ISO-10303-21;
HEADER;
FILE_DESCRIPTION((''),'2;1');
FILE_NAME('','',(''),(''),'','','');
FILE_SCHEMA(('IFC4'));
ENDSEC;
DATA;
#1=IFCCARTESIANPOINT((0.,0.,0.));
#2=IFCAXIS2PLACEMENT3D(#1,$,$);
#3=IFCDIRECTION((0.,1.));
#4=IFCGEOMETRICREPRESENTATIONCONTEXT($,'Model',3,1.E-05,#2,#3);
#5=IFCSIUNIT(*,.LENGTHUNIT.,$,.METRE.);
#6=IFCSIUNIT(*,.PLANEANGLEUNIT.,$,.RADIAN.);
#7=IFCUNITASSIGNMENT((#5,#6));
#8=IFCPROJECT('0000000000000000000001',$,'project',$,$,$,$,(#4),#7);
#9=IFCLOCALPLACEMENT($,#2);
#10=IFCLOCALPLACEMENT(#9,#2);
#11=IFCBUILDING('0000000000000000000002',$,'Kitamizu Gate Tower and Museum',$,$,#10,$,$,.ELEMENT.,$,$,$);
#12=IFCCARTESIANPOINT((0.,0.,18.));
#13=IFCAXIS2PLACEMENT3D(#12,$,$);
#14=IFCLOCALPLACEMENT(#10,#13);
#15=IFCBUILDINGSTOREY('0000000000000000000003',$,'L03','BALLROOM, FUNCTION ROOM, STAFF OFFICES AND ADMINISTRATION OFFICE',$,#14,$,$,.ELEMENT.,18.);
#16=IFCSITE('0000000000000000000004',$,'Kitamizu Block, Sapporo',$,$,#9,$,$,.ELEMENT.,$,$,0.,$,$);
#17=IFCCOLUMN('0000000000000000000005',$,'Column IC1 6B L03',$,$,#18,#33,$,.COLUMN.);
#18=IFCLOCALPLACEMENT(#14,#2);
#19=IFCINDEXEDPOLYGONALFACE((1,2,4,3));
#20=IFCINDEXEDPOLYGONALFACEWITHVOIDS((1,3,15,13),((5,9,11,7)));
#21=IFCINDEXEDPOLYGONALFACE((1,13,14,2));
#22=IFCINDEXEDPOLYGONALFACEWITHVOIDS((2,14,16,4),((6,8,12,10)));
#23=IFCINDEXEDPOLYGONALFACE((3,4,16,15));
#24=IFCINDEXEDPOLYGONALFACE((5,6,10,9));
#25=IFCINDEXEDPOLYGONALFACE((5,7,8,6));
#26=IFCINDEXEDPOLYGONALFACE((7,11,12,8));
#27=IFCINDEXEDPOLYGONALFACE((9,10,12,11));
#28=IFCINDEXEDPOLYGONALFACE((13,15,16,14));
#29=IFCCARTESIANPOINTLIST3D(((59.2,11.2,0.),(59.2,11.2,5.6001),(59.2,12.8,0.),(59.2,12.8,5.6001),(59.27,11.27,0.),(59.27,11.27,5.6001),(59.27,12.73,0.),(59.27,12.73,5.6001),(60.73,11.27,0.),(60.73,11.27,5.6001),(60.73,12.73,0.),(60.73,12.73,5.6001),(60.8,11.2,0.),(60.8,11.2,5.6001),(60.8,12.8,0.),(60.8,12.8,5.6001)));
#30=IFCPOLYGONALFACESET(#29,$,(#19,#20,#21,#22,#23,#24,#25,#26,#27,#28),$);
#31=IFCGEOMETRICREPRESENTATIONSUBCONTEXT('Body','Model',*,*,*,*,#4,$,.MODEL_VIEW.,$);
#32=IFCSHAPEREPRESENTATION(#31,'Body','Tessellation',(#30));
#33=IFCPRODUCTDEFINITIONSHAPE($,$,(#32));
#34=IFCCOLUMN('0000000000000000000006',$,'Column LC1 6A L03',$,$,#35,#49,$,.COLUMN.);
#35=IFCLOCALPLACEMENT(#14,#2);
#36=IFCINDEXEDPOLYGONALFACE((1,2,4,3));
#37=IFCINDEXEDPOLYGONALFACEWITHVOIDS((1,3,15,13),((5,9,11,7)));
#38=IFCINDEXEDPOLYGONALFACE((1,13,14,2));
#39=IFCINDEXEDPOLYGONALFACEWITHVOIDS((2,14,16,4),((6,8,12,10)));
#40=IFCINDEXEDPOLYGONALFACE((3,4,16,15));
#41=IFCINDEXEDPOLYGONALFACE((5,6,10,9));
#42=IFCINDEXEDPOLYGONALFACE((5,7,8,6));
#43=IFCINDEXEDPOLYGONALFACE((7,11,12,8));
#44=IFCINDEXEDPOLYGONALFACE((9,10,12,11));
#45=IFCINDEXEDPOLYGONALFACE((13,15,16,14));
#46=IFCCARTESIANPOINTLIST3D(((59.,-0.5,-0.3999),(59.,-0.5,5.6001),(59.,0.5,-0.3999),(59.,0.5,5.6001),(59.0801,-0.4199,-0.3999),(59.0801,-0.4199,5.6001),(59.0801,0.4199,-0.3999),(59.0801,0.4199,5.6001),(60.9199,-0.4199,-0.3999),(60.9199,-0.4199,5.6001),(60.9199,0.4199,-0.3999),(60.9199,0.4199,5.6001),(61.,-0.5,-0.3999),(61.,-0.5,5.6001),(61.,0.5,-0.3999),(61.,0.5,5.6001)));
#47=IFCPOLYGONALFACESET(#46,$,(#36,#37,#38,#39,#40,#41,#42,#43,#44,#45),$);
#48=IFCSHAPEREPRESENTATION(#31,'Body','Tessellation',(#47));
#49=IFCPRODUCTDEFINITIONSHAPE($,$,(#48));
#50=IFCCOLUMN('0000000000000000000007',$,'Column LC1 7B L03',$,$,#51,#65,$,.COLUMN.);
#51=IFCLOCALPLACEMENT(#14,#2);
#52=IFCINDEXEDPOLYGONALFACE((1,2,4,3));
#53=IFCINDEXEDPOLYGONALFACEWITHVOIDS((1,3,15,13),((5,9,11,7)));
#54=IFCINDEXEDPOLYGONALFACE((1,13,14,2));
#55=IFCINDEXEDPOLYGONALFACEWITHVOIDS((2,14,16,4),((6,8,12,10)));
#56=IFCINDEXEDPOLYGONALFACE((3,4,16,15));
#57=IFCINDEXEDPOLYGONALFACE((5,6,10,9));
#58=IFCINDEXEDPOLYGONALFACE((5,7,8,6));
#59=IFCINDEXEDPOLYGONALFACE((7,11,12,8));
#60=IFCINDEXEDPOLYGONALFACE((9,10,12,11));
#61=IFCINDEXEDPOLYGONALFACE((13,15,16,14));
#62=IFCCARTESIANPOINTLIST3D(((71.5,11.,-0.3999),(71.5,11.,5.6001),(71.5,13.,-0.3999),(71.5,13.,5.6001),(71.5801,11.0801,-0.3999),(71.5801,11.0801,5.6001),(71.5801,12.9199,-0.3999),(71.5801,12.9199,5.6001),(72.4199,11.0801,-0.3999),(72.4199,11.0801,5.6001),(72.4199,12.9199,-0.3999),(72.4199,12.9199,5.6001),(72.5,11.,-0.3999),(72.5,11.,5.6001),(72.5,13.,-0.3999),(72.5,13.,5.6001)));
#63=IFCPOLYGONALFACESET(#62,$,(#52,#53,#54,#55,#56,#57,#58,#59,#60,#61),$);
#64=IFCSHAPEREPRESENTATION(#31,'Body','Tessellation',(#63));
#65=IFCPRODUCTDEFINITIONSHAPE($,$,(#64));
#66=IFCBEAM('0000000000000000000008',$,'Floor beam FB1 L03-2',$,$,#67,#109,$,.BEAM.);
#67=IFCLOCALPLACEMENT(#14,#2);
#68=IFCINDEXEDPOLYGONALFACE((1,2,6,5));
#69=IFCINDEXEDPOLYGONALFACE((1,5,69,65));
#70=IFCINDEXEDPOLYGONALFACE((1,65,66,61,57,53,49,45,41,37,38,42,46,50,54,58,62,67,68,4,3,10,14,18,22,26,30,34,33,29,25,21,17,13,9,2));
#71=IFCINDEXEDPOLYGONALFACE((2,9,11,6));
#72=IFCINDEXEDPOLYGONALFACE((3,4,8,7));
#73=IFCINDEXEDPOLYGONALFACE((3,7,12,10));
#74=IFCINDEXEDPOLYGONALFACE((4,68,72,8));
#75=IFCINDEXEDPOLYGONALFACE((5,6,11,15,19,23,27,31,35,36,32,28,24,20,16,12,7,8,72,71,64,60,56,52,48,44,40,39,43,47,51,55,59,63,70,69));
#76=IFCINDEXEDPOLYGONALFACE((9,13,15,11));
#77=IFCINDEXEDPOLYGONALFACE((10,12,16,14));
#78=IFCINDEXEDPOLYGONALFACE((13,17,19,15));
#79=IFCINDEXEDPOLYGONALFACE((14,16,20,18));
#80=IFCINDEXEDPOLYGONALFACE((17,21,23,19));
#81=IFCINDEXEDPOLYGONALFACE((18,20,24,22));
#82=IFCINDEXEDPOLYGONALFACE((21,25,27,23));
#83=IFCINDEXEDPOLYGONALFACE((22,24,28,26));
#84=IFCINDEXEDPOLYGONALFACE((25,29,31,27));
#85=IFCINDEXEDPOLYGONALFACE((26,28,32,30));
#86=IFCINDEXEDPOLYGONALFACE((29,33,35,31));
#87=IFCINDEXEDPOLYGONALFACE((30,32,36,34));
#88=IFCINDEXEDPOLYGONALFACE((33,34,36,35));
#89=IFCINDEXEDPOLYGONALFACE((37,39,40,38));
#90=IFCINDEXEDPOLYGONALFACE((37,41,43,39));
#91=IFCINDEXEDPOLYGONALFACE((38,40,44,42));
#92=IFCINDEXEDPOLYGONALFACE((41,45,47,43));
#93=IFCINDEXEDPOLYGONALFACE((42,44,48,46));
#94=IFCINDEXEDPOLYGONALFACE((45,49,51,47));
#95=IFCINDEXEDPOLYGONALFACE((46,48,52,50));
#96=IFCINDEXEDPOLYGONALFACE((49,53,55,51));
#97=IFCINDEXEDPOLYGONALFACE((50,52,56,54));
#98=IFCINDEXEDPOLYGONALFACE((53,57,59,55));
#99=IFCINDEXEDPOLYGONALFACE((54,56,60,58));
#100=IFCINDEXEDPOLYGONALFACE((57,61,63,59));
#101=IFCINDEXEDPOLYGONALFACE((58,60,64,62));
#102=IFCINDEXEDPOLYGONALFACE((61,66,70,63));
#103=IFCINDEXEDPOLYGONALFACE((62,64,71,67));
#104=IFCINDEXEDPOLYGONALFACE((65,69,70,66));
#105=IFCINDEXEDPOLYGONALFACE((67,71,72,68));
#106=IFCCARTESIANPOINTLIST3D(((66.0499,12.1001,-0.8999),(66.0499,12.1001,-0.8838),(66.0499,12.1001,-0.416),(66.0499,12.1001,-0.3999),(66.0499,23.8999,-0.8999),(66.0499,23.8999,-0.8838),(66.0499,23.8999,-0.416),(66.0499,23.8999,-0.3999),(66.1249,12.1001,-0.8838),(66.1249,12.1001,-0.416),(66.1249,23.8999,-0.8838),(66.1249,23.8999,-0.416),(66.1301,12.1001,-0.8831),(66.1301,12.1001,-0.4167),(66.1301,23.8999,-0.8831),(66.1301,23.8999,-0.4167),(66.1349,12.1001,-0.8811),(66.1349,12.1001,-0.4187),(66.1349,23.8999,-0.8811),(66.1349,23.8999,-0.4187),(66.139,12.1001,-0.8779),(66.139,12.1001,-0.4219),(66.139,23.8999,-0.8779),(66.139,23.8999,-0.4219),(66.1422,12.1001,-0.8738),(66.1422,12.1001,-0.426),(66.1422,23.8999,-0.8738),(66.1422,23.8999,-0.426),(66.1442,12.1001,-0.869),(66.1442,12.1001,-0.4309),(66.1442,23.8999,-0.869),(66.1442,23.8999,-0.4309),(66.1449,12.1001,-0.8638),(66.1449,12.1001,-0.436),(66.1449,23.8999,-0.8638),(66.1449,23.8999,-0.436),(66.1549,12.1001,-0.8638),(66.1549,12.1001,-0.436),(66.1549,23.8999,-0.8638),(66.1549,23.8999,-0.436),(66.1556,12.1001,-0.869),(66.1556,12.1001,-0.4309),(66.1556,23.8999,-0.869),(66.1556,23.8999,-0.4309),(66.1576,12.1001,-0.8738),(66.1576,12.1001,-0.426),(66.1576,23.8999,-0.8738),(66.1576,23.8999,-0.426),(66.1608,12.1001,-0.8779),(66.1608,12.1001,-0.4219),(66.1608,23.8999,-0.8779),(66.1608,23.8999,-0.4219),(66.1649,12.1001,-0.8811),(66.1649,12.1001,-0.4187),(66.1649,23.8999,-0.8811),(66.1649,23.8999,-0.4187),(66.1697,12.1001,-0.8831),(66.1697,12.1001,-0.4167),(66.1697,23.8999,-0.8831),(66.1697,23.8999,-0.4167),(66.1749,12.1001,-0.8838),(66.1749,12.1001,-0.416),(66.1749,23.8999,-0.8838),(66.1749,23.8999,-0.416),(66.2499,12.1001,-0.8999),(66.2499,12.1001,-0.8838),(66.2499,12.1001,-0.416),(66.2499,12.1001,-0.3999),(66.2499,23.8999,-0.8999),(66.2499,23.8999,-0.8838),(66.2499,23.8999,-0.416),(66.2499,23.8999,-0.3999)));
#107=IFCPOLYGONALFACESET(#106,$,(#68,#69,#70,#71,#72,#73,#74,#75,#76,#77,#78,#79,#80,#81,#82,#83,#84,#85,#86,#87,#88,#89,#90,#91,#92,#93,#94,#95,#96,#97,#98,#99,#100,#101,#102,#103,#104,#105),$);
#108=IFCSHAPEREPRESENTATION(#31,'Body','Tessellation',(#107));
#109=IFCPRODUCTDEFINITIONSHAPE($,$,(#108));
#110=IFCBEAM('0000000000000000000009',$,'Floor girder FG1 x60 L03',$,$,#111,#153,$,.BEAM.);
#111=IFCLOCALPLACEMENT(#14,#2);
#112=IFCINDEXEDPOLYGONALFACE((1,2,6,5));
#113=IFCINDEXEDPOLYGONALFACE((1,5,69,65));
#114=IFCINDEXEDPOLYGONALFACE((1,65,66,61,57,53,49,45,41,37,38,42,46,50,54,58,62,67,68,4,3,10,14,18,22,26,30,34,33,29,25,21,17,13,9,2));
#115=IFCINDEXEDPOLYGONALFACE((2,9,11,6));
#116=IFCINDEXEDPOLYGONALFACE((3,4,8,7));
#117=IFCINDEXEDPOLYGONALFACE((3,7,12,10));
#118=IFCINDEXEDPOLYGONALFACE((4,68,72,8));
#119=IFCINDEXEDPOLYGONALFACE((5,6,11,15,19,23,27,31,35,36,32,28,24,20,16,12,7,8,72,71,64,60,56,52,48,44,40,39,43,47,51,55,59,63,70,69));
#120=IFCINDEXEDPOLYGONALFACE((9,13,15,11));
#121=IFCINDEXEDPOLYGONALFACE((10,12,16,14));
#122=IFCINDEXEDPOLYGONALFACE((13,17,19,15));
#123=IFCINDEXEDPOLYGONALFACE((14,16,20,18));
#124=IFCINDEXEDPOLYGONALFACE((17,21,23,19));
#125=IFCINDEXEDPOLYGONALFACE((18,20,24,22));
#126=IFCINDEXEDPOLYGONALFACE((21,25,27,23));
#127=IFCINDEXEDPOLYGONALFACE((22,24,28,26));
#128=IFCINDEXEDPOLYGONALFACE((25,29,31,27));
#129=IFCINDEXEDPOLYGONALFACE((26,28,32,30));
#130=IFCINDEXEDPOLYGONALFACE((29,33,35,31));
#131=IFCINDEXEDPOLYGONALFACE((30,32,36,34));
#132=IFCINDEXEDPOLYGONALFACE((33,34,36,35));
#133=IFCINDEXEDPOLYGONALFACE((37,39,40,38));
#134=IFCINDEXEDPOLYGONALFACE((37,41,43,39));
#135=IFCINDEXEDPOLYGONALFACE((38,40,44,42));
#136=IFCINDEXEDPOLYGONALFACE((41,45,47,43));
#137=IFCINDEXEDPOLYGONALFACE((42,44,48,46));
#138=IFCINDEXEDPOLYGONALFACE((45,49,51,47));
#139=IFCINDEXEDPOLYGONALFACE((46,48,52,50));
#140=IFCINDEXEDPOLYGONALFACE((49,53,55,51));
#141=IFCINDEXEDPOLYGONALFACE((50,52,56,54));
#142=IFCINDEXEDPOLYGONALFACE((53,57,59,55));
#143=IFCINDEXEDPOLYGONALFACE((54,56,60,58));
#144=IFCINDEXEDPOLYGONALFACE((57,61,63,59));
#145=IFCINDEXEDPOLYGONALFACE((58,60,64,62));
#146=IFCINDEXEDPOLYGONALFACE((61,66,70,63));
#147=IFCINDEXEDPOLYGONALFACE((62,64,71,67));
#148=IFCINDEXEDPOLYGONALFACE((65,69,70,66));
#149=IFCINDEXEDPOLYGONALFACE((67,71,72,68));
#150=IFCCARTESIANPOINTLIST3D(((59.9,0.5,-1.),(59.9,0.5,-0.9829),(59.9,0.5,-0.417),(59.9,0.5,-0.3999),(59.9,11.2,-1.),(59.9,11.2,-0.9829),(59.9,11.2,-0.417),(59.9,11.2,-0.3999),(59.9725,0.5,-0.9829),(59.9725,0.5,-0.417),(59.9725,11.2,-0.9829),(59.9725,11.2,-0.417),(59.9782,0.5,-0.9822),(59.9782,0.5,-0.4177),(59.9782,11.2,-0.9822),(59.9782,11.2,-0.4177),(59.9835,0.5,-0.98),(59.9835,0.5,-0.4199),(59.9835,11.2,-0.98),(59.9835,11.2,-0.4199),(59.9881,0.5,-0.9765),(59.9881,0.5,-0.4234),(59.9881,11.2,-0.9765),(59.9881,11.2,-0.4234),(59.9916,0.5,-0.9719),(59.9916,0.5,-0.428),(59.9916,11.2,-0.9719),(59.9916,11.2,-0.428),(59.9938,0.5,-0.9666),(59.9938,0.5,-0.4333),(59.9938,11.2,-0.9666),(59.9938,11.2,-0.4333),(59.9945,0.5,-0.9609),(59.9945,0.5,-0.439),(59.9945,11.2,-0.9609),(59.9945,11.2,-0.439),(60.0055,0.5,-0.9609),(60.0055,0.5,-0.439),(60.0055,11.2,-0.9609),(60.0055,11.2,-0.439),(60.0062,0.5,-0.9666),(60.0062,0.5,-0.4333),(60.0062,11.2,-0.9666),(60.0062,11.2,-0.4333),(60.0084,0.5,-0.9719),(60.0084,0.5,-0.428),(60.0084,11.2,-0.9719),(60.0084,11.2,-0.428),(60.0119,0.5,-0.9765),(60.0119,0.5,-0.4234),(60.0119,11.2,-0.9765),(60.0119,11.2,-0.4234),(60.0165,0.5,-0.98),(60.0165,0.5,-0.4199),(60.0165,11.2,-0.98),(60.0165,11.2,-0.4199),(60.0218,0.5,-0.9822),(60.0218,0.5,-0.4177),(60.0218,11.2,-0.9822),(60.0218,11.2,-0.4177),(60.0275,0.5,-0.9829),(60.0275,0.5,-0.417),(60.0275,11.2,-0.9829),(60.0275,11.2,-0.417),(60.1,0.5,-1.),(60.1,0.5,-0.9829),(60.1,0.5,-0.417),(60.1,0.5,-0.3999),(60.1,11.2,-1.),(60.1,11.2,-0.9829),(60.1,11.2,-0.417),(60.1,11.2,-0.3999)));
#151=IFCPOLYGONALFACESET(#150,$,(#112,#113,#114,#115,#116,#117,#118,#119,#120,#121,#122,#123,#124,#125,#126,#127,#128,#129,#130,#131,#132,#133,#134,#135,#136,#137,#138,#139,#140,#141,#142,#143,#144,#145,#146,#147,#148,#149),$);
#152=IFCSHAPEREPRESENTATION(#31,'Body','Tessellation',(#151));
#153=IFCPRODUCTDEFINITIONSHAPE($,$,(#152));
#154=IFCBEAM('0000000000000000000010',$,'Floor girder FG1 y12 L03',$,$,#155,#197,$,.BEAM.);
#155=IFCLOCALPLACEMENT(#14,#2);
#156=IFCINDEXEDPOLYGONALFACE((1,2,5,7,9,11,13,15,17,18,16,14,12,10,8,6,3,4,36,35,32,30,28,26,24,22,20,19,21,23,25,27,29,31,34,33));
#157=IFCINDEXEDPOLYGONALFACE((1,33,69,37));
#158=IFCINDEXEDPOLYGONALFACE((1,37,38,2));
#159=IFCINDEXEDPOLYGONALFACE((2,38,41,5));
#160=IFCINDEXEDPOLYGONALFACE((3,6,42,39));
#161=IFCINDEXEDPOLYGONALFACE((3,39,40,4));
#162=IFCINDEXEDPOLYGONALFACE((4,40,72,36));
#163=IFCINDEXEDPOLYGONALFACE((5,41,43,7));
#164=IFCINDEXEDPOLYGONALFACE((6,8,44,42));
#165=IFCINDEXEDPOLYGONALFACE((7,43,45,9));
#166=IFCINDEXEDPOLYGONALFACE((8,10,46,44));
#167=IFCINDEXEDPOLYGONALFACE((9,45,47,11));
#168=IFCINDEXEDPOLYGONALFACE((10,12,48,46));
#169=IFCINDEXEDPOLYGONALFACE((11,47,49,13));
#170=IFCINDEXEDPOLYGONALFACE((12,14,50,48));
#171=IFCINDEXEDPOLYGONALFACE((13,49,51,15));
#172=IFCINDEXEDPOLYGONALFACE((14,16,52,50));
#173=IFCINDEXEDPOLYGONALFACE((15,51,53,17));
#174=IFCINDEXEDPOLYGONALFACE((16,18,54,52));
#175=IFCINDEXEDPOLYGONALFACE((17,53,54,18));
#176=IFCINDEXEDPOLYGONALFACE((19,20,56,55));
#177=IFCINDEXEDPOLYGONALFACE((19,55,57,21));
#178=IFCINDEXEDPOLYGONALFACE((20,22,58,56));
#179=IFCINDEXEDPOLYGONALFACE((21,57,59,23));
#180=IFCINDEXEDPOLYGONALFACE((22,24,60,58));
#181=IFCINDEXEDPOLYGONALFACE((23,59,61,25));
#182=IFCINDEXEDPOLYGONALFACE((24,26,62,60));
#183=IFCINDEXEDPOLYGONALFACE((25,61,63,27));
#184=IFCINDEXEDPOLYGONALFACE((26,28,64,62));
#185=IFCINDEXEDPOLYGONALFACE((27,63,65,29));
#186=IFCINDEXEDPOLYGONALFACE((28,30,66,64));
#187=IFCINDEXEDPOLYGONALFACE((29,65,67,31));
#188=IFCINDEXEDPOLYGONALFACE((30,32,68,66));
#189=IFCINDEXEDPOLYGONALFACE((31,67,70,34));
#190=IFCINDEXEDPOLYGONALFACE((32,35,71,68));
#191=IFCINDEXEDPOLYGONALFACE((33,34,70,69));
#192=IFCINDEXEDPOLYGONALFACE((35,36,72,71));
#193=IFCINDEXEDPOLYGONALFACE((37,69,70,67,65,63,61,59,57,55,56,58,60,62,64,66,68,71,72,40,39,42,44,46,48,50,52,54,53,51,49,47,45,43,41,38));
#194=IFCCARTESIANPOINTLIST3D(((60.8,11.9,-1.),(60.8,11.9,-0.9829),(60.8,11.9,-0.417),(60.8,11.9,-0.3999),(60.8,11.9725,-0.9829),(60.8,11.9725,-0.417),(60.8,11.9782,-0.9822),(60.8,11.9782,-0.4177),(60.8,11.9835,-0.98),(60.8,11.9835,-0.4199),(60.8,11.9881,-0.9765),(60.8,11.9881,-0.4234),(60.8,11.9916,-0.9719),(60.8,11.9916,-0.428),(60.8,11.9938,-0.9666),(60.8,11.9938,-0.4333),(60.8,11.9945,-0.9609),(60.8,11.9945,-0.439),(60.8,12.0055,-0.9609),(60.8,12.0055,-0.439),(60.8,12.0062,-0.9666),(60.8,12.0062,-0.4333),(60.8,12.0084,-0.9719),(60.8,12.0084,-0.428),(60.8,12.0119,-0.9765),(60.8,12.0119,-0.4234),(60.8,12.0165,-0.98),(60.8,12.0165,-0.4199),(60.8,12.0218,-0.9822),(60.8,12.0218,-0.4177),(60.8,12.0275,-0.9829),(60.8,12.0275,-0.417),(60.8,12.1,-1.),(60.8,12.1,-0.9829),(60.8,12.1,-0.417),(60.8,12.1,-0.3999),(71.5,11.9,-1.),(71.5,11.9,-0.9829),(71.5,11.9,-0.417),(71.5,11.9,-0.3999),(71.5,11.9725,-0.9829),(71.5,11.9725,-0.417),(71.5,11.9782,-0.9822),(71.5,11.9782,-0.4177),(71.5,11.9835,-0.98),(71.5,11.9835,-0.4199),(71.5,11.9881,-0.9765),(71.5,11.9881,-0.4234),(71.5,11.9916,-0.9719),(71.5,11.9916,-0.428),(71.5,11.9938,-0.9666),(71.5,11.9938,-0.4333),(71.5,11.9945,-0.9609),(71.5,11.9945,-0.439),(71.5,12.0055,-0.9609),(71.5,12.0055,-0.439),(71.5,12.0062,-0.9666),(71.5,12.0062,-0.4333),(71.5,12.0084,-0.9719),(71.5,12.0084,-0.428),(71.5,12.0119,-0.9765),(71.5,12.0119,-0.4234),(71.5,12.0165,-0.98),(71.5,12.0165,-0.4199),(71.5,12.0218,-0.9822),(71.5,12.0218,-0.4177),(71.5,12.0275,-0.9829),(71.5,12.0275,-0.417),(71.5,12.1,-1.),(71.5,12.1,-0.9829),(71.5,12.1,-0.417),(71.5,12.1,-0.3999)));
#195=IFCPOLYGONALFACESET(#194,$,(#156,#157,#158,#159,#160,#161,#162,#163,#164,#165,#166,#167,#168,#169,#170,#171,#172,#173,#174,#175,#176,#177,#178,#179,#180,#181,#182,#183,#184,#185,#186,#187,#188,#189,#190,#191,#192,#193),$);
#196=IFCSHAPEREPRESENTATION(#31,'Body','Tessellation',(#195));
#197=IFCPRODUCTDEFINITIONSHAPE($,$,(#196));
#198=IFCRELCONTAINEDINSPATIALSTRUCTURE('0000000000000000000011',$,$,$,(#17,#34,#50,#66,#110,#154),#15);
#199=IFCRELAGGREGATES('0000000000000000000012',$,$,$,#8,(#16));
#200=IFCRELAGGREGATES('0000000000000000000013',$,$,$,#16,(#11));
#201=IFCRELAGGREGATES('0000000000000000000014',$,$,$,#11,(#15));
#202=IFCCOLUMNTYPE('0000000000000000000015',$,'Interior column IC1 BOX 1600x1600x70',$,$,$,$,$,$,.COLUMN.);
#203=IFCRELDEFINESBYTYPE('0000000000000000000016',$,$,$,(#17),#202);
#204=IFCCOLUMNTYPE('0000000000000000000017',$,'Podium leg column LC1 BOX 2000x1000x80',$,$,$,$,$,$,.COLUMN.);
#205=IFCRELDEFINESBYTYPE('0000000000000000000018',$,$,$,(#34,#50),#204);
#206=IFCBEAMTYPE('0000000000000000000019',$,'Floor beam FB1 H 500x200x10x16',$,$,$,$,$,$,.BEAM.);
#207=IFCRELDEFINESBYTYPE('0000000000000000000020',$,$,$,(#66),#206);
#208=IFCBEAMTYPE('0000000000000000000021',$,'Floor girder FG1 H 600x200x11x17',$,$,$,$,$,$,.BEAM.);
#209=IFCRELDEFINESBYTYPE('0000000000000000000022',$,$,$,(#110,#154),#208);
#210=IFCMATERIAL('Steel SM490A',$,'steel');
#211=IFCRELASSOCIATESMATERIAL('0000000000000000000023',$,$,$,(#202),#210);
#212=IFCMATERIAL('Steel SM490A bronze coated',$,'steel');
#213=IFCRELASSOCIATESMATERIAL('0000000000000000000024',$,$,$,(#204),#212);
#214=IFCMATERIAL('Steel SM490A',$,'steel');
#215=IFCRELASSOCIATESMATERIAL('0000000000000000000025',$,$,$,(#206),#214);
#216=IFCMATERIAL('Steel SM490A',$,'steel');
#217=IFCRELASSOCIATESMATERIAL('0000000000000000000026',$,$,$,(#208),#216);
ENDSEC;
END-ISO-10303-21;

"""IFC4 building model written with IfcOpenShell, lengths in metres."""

from ifc_helpers import new_model, si_unit, direction, frame, origin, origin_2d, place, context, subcontext, project, spatial, hollow_rectangle, i_section, extrude, material, material_profile, profile_set, type_object, element, save


model = new_model("IFC4")

# Units and contexts
model_context = context("Model", 3, precision=1e-05, world=origin(), true_north=direction((0.0, 1.0)))
body_context = subcontext(model_context, "Body", "Model", "MODEL_VIEW")
ifc_project = project(units=[si_unit("LENGTHUNIT", "METRE"), si_unit("PLANEANGLEUNIT", "RADIAN")], contexts=[model_context])

# Site, building, storey
site_placement = place(None, origin())
site = spatial("IfcSite", under=ifc_project, at=site_placement, Name="Kitamizu Block, Sapporo", CompositionType="ELEMENT", RefElevation=0.0)
building_placement = place(site_placement, origin())
building = spatial("IfcBuilding", under=site, at=building_placement, Name="Kitamizu Gate Tower and Museum", CompositionType="ELEMENT")
storey_placement = place(building_placement, frame((0.0, 0.0, 18.0)))
storey = spatial("IfcBuildingStorey", under=building, at=storey_placement, Name="L03", Description="BALLROOM, FUNCTION ROOM, STAFF OFFICES AND ADMINISTRATION OFFICE", CompositionType="ELEMENT", Elevation=18.0)

# Columns
ifc_material_1 = material(Name="Steel SM490A", Category="steel")
ifc_material_profile_1 = material_profile(ifc_material_1, hollow_rectangle(XDim=1.6001, YDim=1.6001, WallThickness=0.0701, at=origin_2d()), Name="BOX 1600x1600x70")
ifc_profile_set_1 = profile_set([ifc_material_profile_1], Name="Steel SM490A")
column_type_1 = type_object("IfcColumnType", Name="Interior column IC1 BOX 1600x1600x70", PredefinedType="COLUMN", material=ifc_profile_set_1)
column_placement = place(storey_placement, frame((60.0, 12.0, 0.0), z_axis=(0.0, 0.0, 1.0), x_axis=(1.0, 0.0, 0.0)))
element("IfcColumn", 1, at=column_placement, inside=storey, type_object=column_type_1, Name="Column IC1 6B L03", PredefinedType="COLUMN", context=body_context, shape_type="SweptSolid", body=[
    extrude(hollow_rectangle(XDim=1.6001, YDim=1.6001, WallThickness=0.0701, at=origin_2d()), origin(), (0.0, 0.0, 1.0), 5.6001),
])
ifc_material_2 = material(Name="Steel SM490A bronze coated", Category="steel")
ifc_material_profile_2 = material_profile(ifc_material_2, hollow_rectangle(XDim=2.0, YDim=1.0, WallThickness=0.0801, at=origin_2d()), Name="BOX 2000x1000x80")
ifc_profile_set_2 = profile_set([ifc_material_profile_2], Name="Steel SM490A bronze coated")
column_type_2 = type_object("IfcColumnType", Name="Podium leg column LC1 BOX 2000x1000x80", PredefinedType="COLUMN", material=ifc_profile_set_2)
for number, where, z_axis, x_axis, name in (
    (2, (60.0, 0.0, -0.3999), (0.0, 0.0, 1.0), (1.0, 0.0, 0.0), "Column LC1 6A L03"),
    (3, (72.0, 12.0, -0.3999), (0.0, 0.0, 1.0), (0.0, 1.0, 0.0), "Column LC1 7B L03"),
):
    element("IfcColumn", number, at=place(storey_placement, frame(where, z_axis=z_axis, x_axis=x_axis)), inside=storey, type_object=column_type_2, Name=name, PredefinedType="COLUMN", context=body_context, shape_type="SweptSolid", body=[
        extrude(hollow_rectangle(XDim=2.0, YDim=1.0, WallThickness=0.0801, at=origin_2d()), origin(), (0.0, 0.0, 1.0), 6.0),
    ])

# Beams
ifc_material_3 = material(Name="Steel SM490A", Category="steel")
ifc_material_profile_3 = material_profile(ifc_material_3, i_section(OverallWidth=0.2, OverallDepth=0.5, WebThickness=0.01, FlangeThickness=0.0161, FilletRadius=0.02, at=origin_2d()), Name="H-500x200x10x16")
ifc_profile_set_3 = profile_set([ifc_material_profile_3], Name="Steel SM490A")
beam_type_1 = type_object("IfcBeamType", Name="Floor beam FB1 H 500x200x10x16", PredefinedType="BEAM", material=ifc_profile_set_3)
beam_placement = place(storey_placement, frame((66.1499, 12.1001, -0.6499), z_axis=(0.0, 1.0, 0.0), x_axis=(-1.0, 0.0, 0.0)))
element("IfcBeam", 4, at=beam_placement, inside=storey, type_object=beam_type_1, Name="Floor beam FB1 L03-2", PredefinedType="BEAM", context=body_context, shape_type="SweptSolid", body=[
    extrude(i_section(OverallWidth=0.2, OverallDepth=0.5, WebThickness=0.01, FlangeThickness=0.0161, FilletRadius=0.02, at=origin_2d()), origin(), (0.0, 0.0, 1.0), 11.7998),
])
ifc_material_4 = material(Name="Steel SM490A", Category="steel")
ifc_material_profile_4 = material_profile(ifc_material_4, i_section(OverallWidth=0.2, OverallDepth=0.6001, WebThickness=0.011, FlangeThickness=0.0171, FilletRadius=0.022, at=origin_2d()), Name="H-600x200x11x17")
ifc_profile_set_4 = profile_set([ifc_material_profile_4], Name="Steel SM490A")
beam_type_2 = type_object("IfcBeamType", Name="Floor girder FG1 H 600x200x11x17", PredefinedType="BEAM", material=ifc_profile_set_4)
for number, where, z_axis, x_axis, name in (
    (5, (60.0, 0.5, -0.7), (0.0, 1.0, 0.0), (-1.0, 0.0, 0.0), "Floor girder FG1 x60 L03"),
    (6, (60.8, 12.0, -0.7), (1.0, 0.0, 0.0), (0.0, 1.0, 0.0), "Floor girder FG1 y12 L03"),
):
    element("IfcBeam", number, at=place(storey_placement, frame(where, z_axis=z_axis, x_axis=x_axis)), inside=storey, type_object=beam_type_2, Name=name, PredefinedType="BEAM", context=body_context, shape_type="SweptSolid", body=[
        extrude(i_section(OverallWidth=0.2, OverallDepth=0.6001, WebThickness=0.011, FlangeThickness=0.0171, FilletRadius=0.022, at=origin_2d()), origin(), (0.0, 0.0, 1.0), 10.7),
    ])

save(model, "model.ifc")
